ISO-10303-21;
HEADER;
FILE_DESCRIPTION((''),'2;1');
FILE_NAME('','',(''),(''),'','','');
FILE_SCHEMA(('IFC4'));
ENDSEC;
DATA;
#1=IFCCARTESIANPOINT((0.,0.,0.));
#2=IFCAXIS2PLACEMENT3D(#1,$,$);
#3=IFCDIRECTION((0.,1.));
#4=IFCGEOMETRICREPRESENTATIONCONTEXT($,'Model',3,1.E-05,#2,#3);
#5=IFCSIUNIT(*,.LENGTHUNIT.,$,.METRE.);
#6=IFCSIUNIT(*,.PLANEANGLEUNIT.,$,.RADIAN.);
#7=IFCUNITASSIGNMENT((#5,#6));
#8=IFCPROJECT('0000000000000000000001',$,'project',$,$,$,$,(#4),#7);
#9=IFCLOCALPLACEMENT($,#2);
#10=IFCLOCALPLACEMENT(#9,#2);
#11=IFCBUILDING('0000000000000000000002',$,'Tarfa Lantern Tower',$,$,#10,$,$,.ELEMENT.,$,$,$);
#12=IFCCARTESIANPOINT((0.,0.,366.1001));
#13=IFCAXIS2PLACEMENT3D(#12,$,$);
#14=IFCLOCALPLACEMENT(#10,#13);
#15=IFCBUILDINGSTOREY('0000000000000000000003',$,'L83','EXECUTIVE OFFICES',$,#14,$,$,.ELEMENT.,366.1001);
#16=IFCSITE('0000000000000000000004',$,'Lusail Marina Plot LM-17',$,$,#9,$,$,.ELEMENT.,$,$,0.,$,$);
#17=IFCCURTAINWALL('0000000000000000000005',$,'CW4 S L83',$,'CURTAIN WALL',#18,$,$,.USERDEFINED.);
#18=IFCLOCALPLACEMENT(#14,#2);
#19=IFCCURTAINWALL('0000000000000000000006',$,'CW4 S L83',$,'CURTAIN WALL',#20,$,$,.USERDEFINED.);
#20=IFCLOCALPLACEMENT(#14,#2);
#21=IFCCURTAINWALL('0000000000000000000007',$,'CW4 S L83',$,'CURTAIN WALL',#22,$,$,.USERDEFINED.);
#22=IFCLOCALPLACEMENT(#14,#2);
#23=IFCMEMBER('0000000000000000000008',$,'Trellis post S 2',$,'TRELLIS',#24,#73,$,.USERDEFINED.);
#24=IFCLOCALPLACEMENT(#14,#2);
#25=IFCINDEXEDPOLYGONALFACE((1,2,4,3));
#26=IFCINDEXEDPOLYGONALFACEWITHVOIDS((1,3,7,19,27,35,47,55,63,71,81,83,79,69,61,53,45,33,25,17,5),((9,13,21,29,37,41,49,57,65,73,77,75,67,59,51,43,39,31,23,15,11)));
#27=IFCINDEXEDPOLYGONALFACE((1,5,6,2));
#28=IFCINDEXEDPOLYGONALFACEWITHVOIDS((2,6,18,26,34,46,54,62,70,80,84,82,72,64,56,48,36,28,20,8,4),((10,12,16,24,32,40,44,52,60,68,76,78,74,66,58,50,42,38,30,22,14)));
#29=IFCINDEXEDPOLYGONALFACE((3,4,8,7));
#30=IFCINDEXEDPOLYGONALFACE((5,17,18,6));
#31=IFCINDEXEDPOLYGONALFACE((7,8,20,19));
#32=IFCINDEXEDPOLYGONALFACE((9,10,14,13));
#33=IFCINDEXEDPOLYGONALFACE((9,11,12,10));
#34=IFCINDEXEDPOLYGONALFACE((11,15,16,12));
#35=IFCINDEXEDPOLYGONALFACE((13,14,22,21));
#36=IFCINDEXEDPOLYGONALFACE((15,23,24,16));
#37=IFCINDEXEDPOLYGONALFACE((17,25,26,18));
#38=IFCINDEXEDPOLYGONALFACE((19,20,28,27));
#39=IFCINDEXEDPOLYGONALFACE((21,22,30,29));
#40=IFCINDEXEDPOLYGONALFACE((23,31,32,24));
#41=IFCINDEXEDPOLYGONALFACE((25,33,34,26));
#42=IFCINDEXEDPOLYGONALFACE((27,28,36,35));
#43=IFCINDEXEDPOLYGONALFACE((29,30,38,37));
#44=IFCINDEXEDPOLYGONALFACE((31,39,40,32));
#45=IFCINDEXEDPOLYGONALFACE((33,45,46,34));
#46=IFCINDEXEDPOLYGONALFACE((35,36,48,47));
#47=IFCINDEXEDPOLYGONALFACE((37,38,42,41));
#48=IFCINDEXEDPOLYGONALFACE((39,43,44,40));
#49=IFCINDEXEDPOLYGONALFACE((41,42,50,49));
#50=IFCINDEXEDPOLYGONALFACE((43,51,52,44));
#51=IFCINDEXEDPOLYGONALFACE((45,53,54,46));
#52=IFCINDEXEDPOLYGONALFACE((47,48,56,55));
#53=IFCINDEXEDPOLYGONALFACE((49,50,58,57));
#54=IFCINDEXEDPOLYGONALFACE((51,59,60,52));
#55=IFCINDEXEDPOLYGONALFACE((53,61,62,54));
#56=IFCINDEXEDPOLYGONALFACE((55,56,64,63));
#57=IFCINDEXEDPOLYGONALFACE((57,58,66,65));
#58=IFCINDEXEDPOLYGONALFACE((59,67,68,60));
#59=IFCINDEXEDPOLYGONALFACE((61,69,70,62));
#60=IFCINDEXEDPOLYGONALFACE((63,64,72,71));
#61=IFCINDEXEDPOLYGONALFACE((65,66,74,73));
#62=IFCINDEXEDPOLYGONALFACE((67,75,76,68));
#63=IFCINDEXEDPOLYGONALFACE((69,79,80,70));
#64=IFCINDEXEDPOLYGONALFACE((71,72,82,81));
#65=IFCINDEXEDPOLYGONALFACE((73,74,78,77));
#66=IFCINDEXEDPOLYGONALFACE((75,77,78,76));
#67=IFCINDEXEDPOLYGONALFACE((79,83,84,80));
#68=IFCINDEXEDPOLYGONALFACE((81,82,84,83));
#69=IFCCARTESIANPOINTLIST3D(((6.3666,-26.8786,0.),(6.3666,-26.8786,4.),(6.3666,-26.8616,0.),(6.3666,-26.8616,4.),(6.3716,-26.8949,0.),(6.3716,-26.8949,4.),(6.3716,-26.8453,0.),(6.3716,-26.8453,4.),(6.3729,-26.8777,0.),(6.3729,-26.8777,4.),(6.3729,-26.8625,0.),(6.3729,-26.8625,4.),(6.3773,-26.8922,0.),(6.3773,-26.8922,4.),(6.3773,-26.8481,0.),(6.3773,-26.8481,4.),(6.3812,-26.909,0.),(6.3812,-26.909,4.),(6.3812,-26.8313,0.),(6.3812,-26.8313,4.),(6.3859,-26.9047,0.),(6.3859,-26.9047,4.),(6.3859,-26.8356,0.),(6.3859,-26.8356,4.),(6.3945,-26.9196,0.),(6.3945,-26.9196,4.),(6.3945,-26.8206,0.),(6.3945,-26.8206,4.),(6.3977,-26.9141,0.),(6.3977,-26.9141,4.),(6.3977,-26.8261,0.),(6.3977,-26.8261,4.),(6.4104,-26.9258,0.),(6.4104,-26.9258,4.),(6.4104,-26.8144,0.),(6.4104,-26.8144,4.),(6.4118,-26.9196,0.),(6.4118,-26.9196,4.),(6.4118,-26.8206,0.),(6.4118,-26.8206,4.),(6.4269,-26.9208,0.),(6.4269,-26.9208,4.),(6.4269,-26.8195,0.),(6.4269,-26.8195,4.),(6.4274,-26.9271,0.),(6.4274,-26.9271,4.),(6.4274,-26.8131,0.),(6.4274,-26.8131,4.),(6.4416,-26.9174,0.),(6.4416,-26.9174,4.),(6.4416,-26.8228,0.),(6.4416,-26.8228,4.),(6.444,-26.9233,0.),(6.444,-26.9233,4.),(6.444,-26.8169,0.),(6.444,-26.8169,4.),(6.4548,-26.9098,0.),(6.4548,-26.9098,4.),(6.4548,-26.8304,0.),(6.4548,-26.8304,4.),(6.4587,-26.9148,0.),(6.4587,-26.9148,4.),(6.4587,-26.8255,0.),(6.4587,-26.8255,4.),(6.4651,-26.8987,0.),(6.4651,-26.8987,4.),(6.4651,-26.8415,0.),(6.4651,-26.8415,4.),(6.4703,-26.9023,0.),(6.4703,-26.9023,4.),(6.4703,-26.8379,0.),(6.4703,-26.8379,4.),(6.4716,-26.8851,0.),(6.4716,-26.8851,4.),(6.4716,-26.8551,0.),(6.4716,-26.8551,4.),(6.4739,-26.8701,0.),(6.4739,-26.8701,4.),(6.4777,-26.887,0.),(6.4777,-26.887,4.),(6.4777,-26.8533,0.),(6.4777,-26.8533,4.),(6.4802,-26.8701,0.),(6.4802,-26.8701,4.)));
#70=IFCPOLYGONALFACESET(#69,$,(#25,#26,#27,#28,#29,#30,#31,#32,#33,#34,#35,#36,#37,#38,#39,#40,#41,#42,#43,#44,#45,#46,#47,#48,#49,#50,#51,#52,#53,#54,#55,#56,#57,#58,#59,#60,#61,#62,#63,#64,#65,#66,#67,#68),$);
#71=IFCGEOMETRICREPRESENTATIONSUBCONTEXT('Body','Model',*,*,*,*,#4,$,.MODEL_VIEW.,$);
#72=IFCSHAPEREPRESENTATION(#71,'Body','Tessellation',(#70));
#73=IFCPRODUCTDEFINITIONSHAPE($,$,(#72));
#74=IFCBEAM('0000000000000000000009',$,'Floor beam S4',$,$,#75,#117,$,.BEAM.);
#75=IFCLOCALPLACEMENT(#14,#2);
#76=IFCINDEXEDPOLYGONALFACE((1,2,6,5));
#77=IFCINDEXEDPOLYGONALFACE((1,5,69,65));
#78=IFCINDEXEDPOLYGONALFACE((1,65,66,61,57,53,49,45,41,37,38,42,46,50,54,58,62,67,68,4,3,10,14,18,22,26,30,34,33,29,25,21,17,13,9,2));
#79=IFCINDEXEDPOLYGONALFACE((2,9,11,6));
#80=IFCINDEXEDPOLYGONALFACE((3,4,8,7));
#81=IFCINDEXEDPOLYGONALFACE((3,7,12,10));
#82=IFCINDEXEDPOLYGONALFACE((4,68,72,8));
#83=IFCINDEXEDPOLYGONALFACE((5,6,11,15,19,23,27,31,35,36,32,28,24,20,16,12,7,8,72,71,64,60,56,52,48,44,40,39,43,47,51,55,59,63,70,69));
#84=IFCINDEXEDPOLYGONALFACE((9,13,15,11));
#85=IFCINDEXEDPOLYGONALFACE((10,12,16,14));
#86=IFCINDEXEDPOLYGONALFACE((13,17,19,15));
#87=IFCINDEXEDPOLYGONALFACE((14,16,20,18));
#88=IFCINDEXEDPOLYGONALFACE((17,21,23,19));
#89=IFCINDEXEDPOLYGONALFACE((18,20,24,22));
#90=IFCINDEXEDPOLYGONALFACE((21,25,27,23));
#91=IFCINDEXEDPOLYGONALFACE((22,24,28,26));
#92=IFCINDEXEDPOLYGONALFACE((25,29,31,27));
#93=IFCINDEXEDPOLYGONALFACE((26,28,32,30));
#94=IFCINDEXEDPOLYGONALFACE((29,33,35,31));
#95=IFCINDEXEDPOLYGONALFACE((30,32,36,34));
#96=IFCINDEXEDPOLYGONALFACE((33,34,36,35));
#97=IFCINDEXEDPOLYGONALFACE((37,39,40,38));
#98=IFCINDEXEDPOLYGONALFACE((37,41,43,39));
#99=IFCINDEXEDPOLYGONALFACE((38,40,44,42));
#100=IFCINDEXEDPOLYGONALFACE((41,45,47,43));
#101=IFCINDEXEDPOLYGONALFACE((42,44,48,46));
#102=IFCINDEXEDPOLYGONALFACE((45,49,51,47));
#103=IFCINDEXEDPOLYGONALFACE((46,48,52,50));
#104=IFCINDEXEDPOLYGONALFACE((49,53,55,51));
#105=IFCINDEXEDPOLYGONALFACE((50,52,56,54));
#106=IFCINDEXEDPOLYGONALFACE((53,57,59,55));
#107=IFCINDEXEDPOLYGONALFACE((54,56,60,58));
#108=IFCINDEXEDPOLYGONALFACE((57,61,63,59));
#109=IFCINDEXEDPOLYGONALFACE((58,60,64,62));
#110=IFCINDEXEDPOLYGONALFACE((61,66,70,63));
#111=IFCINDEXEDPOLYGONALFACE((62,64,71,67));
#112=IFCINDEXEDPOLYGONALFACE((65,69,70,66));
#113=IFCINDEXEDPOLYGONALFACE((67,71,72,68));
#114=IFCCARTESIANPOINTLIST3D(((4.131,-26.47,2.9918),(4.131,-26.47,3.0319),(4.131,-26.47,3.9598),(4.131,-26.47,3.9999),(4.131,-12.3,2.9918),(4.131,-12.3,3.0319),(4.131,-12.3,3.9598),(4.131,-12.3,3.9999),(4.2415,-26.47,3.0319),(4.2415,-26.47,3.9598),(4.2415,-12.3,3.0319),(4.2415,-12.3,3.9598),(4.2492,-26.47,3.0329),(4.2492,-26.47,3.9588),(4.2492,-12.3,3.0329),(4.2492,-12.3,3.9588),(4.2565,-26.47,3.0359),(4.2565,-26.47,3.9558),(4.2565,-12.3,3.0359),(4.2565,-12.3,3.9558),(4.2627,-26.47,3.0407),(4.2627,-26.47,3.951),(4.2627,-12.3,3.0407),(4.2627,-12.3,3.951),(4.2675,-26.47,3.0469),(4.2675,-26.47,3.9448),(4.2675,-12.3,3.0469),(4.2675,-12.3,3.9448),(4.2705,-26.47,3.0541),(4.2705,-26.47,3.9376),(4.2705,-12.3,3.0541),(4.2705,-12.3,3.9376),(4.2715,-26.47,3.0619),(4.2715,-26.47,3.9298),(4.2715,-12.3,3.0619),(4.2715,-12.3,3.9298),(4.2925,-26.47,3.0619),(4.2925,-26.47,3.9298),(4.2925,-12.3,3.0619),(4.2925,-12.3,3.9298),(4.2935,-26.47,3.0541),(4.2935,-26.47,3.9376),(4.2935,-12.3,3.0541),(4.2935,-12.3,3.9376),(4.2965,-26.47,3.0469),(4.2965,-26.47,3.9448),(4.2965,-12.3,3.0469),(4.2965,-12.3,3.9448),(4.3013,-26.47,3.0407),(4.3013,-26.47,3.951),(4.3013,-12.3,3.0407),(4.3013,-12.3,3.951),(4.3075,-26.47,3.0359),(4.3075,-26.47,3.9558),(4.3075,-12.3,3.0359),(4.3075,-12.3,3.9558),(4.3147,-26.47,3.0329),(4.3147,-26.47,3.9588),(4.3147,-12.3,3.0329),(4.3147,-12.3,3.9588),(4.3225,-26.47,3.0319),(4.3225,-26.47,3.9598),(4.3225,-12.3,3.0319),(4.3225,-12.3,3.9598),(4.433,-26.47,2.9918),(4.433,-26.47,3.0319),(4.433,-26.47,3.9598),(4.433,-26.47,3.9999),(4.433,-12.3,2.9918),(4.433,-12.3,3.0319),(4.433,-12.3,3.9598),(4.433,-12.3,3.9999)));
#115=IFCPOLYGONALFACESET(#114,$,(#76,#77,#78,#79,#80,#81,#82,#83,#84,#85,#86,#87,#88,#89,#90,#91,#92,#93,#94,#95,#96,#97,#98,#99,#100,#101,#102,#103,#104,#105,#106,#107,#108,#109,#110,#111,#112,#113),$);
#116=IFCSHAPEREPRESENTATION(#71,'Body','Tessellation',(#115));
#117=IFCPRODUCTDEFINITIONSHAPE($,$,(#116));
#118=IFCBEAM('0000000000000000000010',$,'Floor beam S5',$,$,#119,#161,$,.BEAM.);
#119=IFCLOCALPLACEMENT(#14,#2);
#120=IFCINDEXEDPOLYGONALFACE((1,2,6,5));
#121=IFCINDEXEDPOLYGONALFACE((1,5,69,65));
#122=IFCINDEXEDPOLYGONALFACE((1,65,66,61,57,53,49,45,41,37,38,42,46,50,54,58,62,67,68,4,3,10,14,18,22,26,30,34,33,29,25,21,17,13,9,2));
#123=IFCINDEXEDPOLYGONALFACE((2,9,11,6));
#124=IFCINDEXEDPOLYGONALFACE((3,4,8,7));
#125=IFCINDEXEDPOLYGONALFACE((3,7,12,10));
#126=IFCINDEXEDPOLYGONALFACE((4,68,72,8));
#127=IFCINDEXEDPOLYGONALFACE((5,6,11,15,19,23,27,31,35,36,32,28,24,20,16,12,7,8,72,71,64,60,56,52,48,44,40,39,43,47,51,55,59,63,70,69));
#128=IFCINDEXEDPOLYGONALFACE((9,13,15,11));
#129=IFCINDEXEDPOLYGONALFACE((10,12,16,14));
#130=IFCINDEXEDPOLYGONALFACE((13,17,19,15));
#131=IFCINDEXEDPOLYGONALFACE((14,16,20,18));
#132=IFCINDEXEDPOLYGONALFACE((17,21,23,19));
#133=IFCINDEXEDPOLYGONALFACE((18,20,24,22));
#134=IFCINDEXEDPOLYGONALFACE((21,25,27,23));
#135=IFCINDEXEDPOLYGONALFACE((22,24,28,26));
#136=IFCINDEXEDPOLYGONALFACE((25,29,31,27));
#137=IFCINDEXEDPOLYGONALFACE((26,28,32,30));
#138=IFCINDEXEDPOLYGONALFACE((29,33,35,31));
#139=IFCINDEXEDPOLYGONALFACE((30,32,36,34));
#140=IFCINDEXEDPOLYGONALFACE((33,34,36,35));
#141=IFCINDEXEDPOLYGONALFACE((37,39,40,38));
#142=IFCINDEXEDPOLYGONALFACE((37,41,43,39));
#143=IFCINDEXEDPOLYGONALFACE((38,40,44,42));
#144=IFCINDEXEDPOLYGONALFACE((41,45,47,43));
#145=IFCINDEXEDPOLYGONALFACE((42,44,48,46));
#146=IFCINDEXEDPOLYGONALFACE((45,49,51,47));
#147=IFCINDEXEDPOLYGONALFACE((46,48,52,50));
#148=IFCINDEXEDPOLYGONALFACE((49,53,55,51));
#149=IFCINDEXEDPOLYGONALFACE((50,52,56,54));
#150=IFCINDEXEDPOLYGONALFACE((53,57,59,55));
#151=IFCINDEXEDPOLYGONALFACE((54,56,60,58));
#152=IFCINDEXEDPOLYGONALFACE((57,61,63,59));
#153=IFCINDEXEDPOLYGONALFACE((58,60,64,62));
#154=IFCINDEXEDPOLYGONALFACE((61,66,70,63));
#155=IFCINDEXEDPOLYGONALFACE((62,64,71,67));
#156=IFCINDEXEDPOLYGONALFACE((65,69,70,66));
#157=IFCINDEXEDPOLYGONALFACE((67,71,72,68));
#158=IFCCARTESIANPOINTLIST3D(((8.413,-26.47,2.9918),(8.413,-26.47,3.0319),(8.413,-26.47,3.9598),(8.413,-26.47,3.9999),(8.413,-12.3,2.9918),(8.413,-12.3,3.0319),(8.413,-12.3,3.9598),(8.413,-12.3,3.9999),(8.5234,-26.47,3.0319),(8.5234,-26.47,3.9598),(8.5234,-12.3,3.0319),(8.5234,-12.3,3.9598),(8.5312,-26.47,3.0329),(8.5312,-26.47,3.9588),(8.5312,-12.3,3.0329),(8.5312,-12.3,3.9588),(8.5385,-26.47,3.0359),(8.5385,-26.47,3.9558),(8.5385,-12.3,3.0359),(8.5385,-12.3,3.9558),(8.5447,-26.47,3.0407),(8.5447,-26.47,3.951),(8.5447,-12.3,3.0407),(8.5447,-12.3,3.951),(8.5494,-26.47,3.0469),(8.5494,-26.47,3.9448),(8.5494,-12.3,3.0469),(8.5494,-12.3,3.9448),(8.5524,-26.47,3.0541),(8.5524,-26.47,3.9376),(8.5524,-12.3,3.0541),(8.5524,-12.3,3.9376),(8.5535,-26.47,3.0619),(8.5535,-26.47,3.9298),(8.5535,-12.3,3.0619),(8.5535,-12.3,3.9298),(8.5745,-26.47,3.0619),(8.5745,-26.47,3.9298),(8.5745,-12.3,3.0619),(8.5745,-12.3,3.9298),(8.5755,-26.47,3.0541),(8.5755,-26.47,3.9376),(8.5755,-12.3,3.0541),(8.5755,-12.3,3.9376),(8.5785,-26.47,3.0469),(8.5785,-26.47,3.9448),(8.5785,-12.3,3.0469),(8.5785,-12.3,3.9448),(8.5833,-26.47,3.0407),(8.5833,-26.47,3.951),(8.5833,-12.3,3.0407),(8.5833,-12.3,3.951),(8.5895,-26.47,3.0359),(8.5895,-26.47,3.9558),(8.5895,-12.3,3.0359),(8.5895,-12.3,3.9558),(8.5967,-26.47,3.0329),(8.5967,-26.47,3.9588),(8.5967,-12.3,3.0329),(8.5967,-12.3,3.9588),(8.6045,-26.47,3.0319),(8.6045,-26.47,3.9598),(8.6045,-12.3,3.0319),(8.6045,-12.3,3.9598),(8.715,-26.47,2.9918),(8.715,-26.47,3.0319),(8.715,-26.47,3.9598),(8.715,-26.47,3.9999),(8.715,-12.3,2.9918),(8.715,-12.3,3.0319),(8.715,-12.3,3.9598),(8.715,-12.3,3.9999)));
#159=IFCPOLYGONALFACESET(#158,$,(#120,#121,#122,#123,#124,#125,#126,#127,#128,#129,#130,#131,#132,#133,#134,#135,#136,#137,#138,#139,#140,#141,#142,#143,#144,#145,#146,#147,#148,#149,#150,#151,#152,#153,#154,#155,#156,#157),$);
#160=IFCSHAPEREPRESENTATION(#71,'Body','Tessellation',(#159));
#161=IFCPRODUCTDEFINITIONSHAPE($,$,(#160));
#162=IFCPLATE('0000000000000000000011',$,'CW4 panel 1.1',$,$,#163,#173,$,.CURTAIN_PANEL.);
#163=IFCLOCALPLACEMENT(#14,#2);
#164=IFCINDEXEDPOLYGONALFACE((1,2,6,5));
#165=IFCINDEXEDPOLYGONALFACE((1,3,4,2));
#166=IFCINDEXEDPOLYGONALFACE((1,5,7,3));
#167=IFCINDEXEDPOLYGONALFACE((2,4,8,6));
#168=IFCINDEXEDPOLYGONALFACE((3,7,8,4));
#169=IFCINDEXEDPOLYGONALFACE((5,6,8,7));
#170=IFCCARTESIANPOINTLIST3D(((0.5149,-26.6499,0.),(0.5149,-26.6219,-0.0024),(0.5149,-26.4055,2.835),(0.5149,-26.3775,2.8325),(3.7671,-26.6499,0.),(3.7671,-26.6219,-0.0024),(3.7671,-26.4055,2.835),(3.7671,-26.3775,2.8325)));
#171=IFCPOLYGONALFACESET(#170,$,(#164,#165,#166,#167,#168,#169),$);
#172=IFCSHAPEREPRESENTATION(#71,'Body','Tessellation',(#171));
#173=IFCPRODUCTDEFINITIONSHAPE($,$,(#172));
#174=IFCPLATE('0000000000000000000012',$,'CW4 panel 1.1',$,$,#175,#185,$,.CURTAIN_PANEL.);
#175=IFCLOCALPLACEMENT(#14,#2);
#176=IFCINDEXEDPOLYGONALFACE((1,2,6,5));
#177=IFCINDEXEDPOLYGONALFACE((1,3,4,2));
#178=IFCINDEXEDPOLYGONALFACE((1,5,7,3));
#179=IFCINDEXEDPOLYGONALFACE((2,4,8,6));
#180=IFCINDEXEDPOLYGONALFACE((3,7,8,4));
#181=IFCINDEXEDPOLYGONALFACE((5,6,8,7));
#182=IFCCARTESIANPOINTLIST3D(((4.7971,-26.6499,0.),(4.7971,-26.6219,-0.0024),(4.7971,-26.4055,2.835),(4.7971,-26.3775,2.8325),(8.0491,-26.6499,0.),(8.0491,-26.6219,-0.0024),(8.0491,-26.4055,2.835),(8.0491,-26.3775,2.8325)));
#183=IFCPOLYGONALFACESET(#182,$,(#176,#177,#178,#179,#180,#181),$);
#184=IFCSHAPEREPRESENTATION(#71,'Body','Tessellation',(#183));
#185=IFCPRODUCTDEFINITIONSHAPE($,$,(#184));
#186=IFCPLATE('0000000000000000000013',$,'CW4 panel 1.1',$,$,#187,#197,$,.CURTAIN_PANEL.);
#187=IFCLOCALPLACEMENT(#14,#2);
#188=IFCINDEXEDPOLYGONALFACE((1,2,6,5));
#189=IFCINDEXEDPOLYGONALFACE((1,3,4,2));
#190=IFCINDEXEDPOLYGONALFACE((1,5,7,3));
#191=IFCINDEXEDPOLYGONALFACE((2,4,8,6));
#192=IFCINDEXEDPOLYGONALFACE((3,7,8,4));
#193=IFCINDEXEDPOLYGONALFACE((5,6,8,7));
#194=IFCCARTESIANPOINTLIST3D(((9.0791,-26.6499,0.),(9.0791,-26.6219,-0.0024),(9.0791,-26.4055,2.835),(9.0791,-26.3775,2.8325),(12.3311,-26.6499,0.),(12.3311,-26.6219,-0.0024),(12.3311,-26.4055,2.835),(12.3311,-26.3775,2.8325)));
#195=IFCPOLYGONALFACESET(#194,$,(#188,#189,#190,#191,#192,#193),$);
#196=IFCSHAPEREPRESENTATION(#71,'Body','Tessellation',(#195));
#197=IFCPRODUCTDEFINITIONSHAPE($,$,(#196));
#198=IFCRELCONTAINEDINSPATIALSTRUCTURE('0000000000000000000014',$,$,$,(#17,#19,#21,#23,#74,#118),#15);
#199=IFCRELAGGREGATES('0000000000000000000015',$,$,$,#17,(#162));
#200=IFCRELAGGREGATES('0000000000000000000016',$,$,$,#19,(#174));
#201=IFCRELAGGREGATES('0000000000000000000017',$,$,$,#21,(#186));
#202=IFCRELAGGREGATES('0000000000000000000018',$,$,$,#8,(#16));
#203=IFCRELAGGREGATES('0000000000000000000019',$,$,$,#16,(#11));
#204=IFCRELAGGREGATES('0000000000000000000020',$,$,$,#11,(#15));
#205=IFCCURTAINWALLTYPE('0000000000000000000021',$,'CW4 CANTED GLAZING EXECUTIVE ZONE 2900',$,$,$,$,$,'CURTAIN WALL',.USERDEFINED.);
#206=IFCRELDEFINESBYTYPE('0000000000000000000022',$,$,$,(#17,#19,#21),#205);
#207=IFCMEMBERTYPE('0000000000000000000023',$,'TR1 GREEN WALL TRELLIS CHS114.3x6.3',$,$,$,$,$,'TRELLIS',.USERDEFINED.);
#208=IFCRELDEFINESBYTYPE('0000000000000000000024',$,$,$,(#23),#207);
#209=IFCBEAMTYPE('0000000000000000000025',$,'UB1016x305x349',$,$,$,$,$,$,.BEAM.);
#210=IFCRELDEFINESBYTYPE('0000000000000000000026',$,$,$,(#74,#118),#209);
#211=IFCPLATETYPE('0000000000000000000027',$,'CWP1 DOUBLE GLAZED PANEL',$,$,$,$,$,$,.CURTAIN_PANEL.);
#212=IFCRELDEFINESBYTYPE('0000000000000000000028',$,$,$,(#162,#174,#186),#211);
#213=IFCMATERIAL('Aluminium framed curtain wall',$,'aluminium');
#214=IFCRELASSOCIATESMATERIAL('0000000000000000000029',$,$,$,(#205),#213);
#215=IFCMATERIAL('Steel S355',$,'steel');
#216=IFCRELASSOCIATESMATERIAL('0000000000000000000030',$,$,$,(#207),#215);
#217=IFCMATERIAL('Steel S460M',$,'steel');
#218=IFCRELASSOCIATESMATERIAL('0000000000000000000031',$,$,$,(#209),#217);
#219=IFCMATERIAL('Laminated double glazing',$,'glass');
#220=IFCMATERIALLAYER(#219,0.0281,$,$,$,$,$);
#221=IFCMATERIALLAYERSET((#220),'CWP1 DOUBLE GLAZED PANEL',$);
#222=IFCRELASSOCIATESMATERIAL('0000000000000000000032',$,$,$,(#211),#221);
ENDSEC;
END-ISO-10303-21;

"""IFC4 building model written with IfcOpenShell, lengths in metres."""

from ifc_helpers import new_model, si_unit, direction, frame, origin, origin_2d, place, context, subcontext, project, spatial, polyline, hollow_circle, i_section, outline, extrude, material, layer, layer_set, material_profile, profile_set, type_object, element, aggregate, save


model = new_model("IFC4")

# Units and contexts
model_context = context("Model", 3, precision=1e-05, world=origin(), true_north=direction((0.0, 1.0)))
body_context = subcontext(model_context, "Body", "Model", "MODEL_VIEW")
ifc_project = project(units=[si_unit("LENGTHUNIT", "METRE"), si_unit("PLANEANGLEUNIT", "RADIAN")], contexts=[model_context])

# Site, building, storey
site_placement = place(None, origin())
site = spatial("IfcSite", under=ifc_project, at=site_placement, Name="Lusail Marina Plot LM-17", CompositionType="ELEMENT", RefElevation=0.0)
building_placement = place(site_placement, origin())
building = spatial("IfcBuilding", under=site, at=building_placement, Name="Tarfa Lantern Tower", CompositionType="ELEMENT")
storey_placement = place(building_placement, frame((0.0, 0.0, 366.1001)))
storey = spatial("IfcBuildingStorey", under=building, at=storey_placement, Name="L83", Description="EXECUTIVE OFFICES", CompositionType="ELEMENT", Elevation=366.1001)

# Curtain walls
ifc_material_1 = material(Name="Aluminium framed curtain wall", Category="aluminium")
curtain_wall_type = type_object("IfcCurtainWallType", Name="CW4 CANTED GLAZING EXECUTIVE ZONE 2900", ElementType="CURTAIN WALL", PredefinedType="USERDEFINED", material=ifc_material_1)
curtain_wall_1_placement = place(storey_placement, origin())
curtain_wall_1 = element("IfcCurtainWall", 1, at=curtain_wall_1_placement, inside=storey, type_object=curtain_wall_type, Name="CW4 S L83", ObjectType="CURTAIN WALL", PredefinedType="USERDEFINED")
curtain_wall_2_placement = place(storey_placement, origin())
curtain_wall_2 = element("IfcCurtainWall", 2, at=curtain_wall_2_placement, inside=storey, type_object=curtain_wall_type, Name="CW4 S L83", ObjectType="CURTAIN WALL", PredefinedType="USERDEFINED")

# Curtain wall
curtain_wall_3_placement = place(storey_placement, origin())
curtain_wall_3 = element("IfcCurtainWall", 3, at=curtain_wall_3_placement, inside=storey, type_object=curtain_wall_type, Name="CW4 S L83", ObjectType="CURTAIN WALL", PredefinedType="USERDEFINED")

# Member
ifc_material_2 = material(Name="Steel S355", Category="steel")
ifc_material_profile_1 = material_profile(ifc_material_2, hollow_circle(Radius=0.0571, WallThickness=0.0063, at=origin_2d()), Name="CHS114.3x6.3")
ifc_profile_set_1 = profile_set([ifc_material_profile_1], Name="Steel S355")
member_type_1 = type_object("IfcMemberType", Name="TR1 GREEN WALL TRELLIS CHS114.3x6.3", ElementType="TRELLIS", PredefinedType="USERDEFINED", material=ifc_profile_set_1)
member_1_placement = place(storey_placement, frame((6.4231, -26.8701, 0.0), z_axis=(0.0, 0.0, 1.0), x_axis=(1.0, 0.0, 0.0)))
element("IfcMember", 4, at=member_1_placement, inside=storey, type_object=member_type_1, Name="Trellis post S 2", ObjectType="TRELLIS", PredefinedType="USERDEFINED", context=body_context, shape_type="SweptSolid", body=[
    extrude(hollow_circle(Radius=0.0571, WallThickness=0.0063, at=origin_2d()), origin(), (0.0, 0.0, 1.0), 4.0),
])

# Beams
ifc_material_3 = material(Name="Steel S460M", Category="steel")
ifc_material_profile_2 = material_profile(ifc_material_3, i_section(OverallWidth=0.302, OverallDepth=1.0081, WebThickness=0.021, FlangeThickness=0.04, FilletRadius=0.03, at=origin_2d()), Name="UB1016x305x349")
ifc_profile_set_2 = profile_set([ifc_material_profile_2], Name="Steel S460M")
beam_type_1 = type_object("IfcBeamType", Name="UB1016x305x349", PredefinedType="BEAM", material=ifc_profile_set_2)
for number, where, z_axis, x_axis, name in (
    (5, (4.282, -26.47, 3.4958), (0.0, 1.0, 0.0), (-1.0, 0.0, 0.0), "Floor beam S4"),
    (6, (8.564, -26.47, 3.4958), (0.0, 1.0, 0.0), (-1.0, 0.0, 0.0), "Floor beam S5"),
):
    element("IfcBeam", number, at=place(storey_placement, frame(where, z_axis=z_axis, x_axis=x_axis)), inside=storey, type_object=beam_type_1, Name=name, PredefinedType="BEAM", context=body_context, shape_type="SweptSolid", body=[
        extrude(i_section(OverallWidth=0.302, OverallDepth=1.0081, WebThickness=0.021, FlangeThickness=0.04, FilletRadius=0.03, at=origin_2d()), origin(), (0.0, 0.0, 1.0), 14.1699),
    ])

# Plates
ifc_material_4 = material(Name="Laminated double glazing", Category="glass")
ifc_layer_1 = layer(ifc_material_4, 0.0281)
ifc_layer_set_1 = layer_set([ifc_layer_1], Name="CWP1 DOUBLE GLAZED PANEL")
plate_type = type_object("IfcPlateType", Name="CWP1 DOUBLE GLAZED PANEL", PredefinedType="CURTAIN_PANEL", material=ifc_layer_set_1)
plate_1_placement = place(storey_placement, frame((0.5149, -26.6499, 0.0), z_axis=(0.0, -0.996305, 0.085885), x_axis=(1.0, 0.0, 0.0)))
plate_1 = element("IfcPlate", 7, at=plate_1_placement, type_object=plate_type, Name="CW4 panel 1.1", PredefinedType="CURTAIN_PANEL", context=body_context, shape_type="SweptSolid", body=[
    extrude(outline(polyline([(0.0, 0.0), (3.2522, 0.0), (3.2522, 2.8455), (0.0, 2.8455), (0.0, 0.0)])), origin(), (0.0, 0.0, -1.0), 0.0281),
])
aggregate(curtain_wall_1, [plate_1])
plate_2_placement = place(storey_placement, frame((4.7971, -26.6499, 0.0), z_axis=(0.0, -0.996305, 0.085885), x_axis=(1.0, 0.0, 0.0)))
plate_2 = element("IfcPlate", 8, at=plate_2_placement, type_object=plate_type, Name="CW4 panel 1.1", PredefinedType="CURTAIN_PANEL", context=body_context, shape_type="SweptSolid", body=[
    extrude(outline(polyline([(0.0, 0.0), (3.252, 0.0), (3.252, 2.8455), (0.0, 2.8455), (0.0, 0.0)])), origin(), (0.0, 0.0, -1.0), 0.0281),
])
aggregate(curtain_wall_2, [plate_2])
plate_3_placement = place(storey_placement, frame((9.0791, -26.6499, 0.0), z_axis=(0.0, -0.996305, 0.085885), x_axis=(1.0, 0.0, 0.0)))
plate_3 = element("IfcPlate", 9, at=plate_3_placement, type_object=plate_type, Name="CW4 panel 1.1", PredefinedType="CURTAIN_PANEL", context=body_context, shape_type="SweptSolid", body=[
    extrude(outline(polyline([(0.0, 0.0), (3.252, 0.0), (3.252, 2.8455), (0.0, 2.8455), (0.0, 0.0)])), origin(), (0.0, 0.0, -1.0), 0.0281),
])
aggregate(curtain_wall_3, [plate_3])

save(model, "model.ifc")
